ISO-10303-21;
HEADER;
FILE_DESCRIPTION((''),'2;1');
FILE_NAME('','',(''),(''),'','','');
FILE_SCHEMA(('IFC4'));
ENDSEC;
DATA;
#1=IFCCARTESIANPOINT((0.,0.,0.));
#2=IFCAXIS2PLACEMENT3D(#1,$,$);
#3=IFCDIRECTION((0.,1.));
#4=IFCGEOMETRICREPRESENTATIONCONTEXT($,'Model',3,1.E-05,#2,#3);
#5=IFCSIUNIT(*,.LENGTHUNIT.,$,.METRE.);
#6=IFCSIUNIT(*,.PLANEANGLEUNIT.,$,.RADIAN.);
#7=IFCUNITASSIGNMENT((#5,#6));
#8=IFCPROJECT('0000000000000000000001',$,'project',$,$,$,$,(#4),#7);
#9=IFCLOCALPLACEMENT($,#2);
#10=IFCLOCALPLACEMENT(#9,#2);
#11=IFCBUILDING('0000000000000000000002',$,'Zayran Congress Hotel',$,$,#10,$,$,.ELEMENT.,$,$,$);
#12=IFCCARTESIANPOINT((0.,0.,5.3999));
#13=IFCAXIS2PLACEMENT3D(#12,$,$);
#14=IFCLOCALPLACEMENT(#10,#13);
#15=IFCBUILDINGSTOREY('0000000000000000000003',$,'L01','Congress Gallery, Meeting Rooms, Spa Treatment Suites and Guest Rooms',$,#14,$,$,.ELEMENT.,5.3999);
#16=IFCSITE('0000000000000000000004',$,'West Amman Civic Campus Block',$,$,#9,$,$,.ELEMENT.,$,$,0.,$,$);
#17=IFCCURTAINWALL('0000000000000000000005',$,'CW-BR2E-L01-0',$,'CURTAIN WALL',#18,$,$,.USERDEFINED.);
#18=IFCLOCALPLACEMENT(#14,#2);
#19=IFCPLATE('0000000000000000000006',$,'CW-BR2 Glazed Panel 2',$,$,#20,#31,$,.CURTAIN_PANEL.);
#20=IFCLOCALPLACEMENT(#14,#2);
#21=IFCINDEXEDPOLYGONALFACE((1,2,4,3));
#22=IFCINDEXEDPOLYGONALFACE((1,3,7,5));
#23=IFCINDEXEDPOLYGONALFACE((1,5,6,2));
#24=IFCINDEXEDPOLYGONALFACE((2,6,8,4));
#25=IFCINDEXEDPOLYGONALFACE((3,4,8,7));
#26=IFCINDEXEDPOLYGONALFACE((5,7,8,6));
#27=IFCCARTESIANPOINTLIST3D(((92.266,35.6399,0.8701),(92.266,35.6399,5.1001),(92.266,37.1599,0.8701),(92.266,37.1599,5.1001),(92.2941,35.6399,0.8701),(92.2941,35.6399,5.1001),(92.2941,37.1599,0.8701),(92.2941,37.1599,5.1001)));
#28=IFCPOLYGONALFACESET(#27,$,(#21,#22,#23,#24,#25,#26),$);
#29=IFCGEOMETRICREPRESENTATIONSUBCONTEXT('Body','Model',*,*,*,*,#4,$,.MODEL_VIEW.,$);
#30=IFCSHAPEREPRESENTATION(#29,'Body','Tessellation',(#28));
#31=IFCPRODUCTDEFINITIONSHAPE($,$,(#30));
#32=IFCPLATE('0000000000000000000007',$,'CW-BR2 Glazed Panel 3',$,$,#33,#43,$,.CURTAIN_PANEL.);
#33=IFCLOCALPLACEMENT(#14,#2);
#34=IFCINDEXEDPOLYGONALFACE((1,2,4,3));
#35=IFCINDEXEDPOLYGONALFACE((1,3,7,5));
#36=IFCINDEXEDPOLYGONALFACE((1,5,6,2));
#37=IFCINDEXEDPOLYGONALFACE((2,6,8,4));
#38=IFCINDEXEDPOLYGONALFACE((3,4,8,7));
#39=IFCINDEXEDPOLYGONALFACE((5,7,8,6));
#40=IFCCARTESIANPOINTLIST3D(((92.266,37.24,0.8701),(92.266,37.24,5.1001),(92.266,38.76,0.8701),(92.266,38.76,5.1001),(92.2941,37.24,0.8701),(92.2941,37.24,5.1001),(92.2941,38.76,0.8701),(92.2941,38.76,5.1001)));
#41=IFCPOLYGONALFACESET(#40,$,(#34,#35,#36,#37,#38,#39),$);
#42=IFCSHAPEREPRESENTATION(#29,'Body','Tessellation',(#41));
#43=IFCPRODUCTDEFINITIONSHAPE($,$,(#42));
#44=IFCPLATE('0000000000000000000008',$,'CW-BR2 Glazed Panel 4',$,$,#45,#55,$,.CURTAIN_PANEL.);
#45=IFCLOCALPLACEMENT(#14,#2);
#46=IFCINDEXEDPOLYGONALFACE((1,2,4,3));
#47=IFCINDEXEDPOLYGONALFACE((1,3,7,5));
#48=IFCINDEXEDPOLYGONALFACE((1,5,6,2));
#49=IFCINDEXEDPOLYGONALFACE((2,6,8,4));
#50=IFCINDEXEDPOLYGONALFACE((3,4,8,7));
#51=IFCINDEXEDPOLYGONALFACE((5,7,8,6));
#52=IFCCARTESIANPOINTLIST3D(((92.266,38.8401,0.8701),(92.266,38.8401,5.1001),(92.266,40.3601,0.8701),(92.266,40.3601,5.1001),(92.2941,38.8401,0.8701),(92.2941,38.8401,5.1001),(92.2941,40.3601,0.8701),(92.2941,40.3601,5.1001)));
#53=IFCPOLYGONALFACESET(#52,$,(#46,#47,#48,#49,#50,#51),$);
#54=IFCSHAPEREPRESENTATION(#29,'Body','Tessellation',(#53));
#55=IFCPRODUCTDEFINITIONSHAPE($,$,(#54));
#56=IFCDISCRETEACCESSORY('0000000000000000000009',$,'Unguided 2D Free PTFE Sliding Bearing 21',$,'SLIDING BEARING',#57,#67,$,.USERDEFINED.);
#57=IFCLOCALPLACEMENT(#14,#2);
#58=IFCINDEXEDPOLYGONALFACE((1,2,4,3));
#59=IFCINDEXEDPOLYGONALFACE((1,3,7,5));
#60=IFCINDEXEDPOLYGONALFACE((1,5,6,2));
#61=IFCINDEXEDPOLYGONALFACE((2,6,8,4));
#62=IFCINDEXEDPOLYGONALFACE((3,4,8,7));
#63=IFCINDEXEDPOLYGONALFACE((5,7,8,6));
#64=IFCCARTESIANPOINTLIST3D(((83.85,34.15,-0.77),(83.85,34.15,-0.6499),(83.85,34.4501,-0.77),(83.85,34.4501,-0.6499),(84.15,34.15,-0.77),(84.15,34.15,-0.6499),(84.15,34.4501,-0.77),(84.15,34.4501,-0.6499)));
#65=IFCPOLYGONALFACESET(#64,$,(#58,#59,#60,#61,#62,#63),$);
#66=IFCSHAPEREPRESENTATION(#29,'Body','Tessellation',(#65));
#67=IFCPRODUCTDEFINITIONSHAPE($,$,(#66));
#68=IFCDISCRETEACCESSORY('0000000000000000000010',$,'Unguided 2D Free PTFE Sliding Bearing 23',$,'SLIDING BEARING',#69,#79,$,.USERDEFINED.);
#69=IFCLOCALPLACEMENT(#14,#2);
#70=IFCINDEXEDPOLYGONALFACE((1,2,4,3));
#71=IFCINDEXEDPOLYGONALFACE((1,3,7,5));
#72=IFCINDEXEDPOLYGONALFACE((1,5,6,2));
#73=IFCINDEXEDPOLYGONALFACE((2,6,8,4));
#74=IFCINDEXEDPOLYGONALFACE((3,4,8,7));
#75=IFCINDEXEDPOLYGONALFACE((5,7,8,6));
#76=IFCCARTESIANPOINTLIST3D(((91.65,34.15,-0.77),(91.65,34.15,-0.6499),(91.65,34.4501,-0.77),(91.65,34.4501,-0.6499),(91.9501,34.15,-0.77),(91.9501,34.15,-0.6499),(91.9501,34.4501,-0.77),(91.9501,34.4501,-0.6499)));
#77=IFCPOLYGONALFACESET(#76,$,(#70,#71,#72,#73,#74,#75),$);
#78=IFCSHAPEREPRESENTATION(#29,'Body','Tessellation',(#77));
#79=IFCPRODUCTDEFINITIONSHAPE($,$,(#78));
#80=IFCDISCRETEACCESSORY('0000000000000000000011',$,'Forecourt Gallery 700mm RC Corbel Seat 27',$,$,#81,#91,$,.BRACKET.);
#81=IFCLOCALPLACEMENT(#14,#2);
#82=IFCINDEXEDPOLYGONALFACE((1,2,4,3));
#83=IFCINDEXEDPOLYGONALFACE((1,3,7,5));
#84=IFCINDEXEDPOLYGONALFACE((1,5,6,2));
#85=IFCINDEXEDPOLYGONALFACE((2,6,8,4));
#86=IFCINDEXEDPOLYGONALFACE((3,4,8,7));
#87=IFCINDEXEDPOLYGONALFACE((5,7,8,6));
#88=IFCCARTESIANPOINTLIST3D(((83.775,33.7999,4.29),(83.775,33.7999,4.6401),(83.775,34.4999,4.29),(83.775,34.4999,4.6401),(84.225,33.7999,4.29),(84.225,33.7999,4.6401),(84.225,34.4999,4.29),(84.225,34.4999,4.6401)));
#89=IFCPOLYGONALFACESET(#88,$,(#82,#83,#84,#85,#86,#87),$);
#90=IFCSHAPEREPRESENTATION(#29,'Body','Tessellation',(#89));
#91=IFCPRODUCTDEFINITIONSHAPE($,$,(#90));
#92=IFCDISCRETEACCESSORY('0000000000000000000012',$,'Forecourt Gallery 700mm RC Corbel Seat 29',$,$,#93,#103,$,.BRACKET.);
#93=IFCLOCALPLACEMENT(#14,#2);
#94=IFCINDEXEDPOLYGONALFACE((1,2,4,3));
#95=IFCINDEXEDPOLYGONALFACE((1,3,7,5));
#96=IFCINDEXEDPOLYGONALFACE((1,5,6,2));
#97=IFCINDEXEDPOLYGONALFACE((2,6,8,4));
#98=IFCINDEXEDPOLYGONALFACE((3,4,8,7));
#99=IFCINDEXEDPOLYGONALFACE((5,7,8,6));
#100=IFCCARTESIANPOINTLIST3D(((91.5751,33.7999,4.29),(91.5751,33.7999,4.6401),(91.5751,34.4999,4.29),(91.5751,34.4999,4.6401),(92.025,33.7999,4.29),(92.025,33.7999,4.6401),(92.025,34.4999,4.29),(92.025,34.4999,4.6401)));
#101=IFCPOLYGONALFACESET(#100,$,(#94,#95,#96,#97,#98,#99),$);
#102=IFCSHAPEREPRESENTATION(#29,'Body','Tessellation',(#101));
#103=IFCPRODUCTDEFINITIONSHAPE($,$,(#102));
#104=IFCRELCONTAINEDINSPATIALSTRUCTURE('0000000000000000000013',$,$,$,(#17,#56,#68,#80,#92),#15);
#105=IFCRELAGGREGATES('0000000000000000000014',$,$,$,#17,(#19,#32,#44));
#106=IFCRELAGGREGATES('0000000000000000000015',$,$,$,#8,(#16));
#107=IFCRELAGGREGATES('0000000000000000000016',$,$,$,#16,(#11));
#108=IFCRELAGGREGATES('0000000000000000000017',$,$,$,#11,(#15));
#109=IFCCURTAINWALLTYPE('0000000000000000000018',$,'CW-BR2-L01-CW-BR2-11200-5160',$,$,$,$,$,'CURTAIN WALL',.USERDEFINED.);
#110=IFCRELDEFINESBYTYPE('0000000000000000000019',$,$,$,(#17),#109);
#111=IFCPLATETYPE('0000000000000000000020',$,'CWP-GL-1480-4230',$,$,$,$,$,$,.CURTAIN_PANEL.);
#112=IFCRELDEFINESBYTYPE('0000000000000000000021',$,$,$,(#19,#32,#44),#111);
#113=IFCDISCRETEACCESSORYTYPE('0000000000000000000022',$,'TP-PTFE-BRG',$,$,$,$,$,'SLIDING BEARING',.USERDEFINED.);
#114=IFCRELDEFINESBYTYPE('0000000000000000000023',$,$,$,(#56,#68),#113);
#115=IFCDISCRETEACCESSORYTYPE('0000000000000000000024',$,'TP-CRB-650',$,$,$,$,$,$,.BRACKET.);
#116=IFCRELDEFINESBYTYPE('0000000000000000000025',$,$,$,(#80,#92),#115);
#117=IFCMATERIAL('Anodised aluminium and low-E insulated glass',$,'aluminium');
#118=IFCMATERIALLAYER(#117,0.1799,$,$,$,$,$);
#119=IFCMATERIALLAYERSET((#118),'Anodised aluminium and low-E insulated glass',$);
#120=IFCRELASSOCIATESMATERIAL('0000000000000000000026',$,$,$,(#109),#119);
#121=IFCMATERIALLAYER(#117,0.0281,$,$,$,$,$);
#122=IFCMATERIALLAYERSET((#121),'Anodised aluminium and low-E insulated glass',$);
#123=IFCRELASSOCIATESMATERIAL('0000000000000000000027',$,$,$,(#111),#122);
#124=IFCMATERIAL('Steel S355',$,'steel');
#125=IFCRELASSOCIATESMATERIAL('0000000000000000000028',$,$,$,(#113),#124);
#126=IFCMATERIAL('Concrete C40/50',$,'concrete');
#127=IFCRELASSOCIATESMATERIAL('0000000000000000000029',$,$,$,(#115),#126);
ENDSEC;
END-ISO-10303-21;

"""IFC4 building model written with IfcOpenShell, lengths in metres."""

from ifc_helpers import new_model, si_unit, direction, frame, origin, origin_2d, place, context, subcontext, project, spatial, rectangle, extrude, material, layer, layer_set, type_object, element, aggregate, save


model = new_model("IFC4")

# Units and contexts
model_context = context("Model", 3, precision=1e-05, world=origin(), true_north=direction((0.0, 1.0)))
body_context = subcontext(model_context, "Body", "Model", "MODEL_VIEW")
ifc_project = project(units=[si_unit("LENGTHUNIT", "METRE"), si_unit("PLANEANGLEUNIT", "RADIAN")], contexts=[model_context])

# Site, building, storey
site_placement = place(None, origin())
site = spatial("IfcSite", under=ifc_project, at=site_placement, Name="West Amman Civic Campus Block", CompositionType="ELEMENT", RefElevation=0.0)
building_placement = place(site_placement, origin())
building = spatial("IfcBuilding", under=site, at=building_placement, Name="Zayran Congress Hotel", CompositionType="ELEMENT")
storey_placement = place(building_placement, frame((0.0, 0.0, 5.3999)))
storey = spatial("IfcBuildingStorey", under=building, at=storey_placement, Name="L01", Description="Congress Gallery, Meeting Rooms, Spa Treatment Suites and Guest Rooms", CompositionType="ELEMENT", Elevation=5.3999)

# Curtain wall, plates
ifc_material_1 = material(Name="Anodised aluminium and low-E insulated glass", Category="aluminium")
ifc_layer_1 = layer(ifc_material_1, 0.1799)
ifc_layer_set_1 = layer_set([ifc_layer_1], Name="Anodised aluminium and low-E insulated glass")
curtain_wall_type = type_object("IfcCurtainWallType", Name="CW-BR2-L01-CW-BR2-11200-5160", ElementType="CURTAIN WALL", PredefinedType="USERDEFINED", material=ifc_layer_set_1)
curtain_wall_placement = place(storey_placement, origin())
curtain_wall = element("IfcCurtainWall", 1, at=curtain_wall_placement, inside=storey, type_object=curtain_wall_type, Name="CW-BR2E-L01-0", ObjectType="CURTAIN WALL", PredefinedType="USERDEFINED")
ifc_layer_2 = layer(ifc_material_1, 0.0281)
ifc_layer_set_2 = layer_set([ifc_layer_2], Name="Anodised aluminium and low-E insulated glass")
plate_type_1 = type_object("IfcPlateType", Name="CWP-GL-1480-4230", PredefinedType="CURTAIN_PANEL", material=ifc_layer_set_2)
plate_1_placement = place(storey_placement, frame((92.28, 36.3999, 0.8701), z_axis=(0.0, 0.0, 1.0), x_axis=(0.0, 1.0, 0.0)))
plate_1 = element("IfcPlate", 2, at=plate_1_placement, type_object=plate_type_1, Name="CW-BR2 Glazed Panel 2", PredefinedType="CURTAIN_PANEL", context=body_context, shape_type="SweptSolid", body=[
    extrude(rectangle(XDim=1.52, YDim=0.0281, at=origin_2d()), origin(), (0.0, 0.0, 1.0), 4.23),
])
plate_2_placement = place(storey_placement, frame((92.28, 38.0, 0.8701), z_axis=(0.0, 0.0, 1.0), x_axis=(0.0, 1.0, 0.0)))
plate_2 = element("IfcPlate", 3, at=plate_2_placement, type_object=plate_type_1, Name="CW-BR2 Glazed Panel 3", PredefinedType="CURTAIN_PANEL", context=body_context, shape_type="SweptSolid", body=[
    extrude(rectangle(XDim=1.52, YDim=0.0281, at=origin_2d()), origin(), (0.0, 0.0, 1.0), 4.23),
])
plate_3_placement = place(storey_placement, frame((92.28, 39.6001, 0.8701), z_axis=(0.0, 0.0, 1.0), x_axis=(0.0, 1.0, 0.0)))
plate_3 = element("IfcPlate", 4, at=plate_3_placement, type_object=plate_type_1, Name="CW-BR2 Glazed Panel 4", PredefinedType="CURTAIN_PANEL", context=body_context, shape_type="SweptSolid", body=[
    extrude(rectangle(XDim=1.52, YDim=0.0281, at=origin_2d()), origin(), (0.0, 0.0, 1.0), 4.23),
])
aggregate(curtain_wall, [plate_1, plate_2, plate_3])

# Discrete accessories
ifc_material_2 = material(Name="Steel S355", Category="steel")
discrete_accessory_type_1 = type_object("IfcDiscreteAccessoryType", Name="TP-PTFE-BRG", ElementType="SLIDING BEARING", PredefinedType="USERDEFINED", material=ifc_material_2)
for number, where, z_axis, x_axis, name in (
    (5, (84.0, 34.3, -0.77), (0.0, 0.0, 1.0), (1.0, 0.0, 0.0), "Unguided 2D Free PTFE Sliding Bearing 21"),
    (6, (91.8, 34.3, -0.77), (0.0, 0.0, 1.0), (1.0, 0.0, 0.0), "Unguided 2D Free PTFE Sliding Bearing 23"),
):
    element("IfcDiscreteAccessory", number, at=place(storey_placement, frame(where, z_axis=z_axis, x_axis=x_axis)), inside=storey, type_object=discrete_accessory_type_1, Name=name, ObjectType="SLIDING BEARING", PredefinedType="USERDEFINED", context=body_context, shape_type="SweptSolid", body=[
        extrude(rectangle(XDim=0.3, YDim=0.3, at=origin_2d()), origin(), (0.0, 0.0, 1.0), 0.1201),
    ])
ifc_material_3 = material(Name="Concrete C40/50", Category="concrete")
discrete_accessory_type_2 = type_object("IfcDiscreteAccessoryType", Name="TP-CRB-650", PredefinedType="BRACKET", material=ifc_material_3)
for number, where, z_axis, x_axis, name in (
    (7, (84.0, 34.1499, 4.29), (0.0, 0.0, 1.0), (0.0, 1.0, 0.0), "Forecourt Gallery 700mm RC Corbel Seat 27"),
    (8, (91.8, 34.1499, 4.29), (0.0, 0.0, 1.0), (0.0, 1.0, 0.0), "Forecourt Gallery 700mm RC Corbel Seat 29"),
):
    element("IfcDiscreteAccessory", number, at=place(storey_placement, frame(where, z_axis=z_axis, x_axis=x_axis)), inside=storey, type_object=discrete_accessory_type_2, Name=name, PredefinedType="BRACKET", context=body_context, shape_type="SweptSolid", body=[
        extrude(rectangle(XDim=0.7, YDim=0.45, at=origin_2d()), origin(), (0.0, 0.0, 1.0), 0.3501),
    ])

save(model, "model.ifc")
